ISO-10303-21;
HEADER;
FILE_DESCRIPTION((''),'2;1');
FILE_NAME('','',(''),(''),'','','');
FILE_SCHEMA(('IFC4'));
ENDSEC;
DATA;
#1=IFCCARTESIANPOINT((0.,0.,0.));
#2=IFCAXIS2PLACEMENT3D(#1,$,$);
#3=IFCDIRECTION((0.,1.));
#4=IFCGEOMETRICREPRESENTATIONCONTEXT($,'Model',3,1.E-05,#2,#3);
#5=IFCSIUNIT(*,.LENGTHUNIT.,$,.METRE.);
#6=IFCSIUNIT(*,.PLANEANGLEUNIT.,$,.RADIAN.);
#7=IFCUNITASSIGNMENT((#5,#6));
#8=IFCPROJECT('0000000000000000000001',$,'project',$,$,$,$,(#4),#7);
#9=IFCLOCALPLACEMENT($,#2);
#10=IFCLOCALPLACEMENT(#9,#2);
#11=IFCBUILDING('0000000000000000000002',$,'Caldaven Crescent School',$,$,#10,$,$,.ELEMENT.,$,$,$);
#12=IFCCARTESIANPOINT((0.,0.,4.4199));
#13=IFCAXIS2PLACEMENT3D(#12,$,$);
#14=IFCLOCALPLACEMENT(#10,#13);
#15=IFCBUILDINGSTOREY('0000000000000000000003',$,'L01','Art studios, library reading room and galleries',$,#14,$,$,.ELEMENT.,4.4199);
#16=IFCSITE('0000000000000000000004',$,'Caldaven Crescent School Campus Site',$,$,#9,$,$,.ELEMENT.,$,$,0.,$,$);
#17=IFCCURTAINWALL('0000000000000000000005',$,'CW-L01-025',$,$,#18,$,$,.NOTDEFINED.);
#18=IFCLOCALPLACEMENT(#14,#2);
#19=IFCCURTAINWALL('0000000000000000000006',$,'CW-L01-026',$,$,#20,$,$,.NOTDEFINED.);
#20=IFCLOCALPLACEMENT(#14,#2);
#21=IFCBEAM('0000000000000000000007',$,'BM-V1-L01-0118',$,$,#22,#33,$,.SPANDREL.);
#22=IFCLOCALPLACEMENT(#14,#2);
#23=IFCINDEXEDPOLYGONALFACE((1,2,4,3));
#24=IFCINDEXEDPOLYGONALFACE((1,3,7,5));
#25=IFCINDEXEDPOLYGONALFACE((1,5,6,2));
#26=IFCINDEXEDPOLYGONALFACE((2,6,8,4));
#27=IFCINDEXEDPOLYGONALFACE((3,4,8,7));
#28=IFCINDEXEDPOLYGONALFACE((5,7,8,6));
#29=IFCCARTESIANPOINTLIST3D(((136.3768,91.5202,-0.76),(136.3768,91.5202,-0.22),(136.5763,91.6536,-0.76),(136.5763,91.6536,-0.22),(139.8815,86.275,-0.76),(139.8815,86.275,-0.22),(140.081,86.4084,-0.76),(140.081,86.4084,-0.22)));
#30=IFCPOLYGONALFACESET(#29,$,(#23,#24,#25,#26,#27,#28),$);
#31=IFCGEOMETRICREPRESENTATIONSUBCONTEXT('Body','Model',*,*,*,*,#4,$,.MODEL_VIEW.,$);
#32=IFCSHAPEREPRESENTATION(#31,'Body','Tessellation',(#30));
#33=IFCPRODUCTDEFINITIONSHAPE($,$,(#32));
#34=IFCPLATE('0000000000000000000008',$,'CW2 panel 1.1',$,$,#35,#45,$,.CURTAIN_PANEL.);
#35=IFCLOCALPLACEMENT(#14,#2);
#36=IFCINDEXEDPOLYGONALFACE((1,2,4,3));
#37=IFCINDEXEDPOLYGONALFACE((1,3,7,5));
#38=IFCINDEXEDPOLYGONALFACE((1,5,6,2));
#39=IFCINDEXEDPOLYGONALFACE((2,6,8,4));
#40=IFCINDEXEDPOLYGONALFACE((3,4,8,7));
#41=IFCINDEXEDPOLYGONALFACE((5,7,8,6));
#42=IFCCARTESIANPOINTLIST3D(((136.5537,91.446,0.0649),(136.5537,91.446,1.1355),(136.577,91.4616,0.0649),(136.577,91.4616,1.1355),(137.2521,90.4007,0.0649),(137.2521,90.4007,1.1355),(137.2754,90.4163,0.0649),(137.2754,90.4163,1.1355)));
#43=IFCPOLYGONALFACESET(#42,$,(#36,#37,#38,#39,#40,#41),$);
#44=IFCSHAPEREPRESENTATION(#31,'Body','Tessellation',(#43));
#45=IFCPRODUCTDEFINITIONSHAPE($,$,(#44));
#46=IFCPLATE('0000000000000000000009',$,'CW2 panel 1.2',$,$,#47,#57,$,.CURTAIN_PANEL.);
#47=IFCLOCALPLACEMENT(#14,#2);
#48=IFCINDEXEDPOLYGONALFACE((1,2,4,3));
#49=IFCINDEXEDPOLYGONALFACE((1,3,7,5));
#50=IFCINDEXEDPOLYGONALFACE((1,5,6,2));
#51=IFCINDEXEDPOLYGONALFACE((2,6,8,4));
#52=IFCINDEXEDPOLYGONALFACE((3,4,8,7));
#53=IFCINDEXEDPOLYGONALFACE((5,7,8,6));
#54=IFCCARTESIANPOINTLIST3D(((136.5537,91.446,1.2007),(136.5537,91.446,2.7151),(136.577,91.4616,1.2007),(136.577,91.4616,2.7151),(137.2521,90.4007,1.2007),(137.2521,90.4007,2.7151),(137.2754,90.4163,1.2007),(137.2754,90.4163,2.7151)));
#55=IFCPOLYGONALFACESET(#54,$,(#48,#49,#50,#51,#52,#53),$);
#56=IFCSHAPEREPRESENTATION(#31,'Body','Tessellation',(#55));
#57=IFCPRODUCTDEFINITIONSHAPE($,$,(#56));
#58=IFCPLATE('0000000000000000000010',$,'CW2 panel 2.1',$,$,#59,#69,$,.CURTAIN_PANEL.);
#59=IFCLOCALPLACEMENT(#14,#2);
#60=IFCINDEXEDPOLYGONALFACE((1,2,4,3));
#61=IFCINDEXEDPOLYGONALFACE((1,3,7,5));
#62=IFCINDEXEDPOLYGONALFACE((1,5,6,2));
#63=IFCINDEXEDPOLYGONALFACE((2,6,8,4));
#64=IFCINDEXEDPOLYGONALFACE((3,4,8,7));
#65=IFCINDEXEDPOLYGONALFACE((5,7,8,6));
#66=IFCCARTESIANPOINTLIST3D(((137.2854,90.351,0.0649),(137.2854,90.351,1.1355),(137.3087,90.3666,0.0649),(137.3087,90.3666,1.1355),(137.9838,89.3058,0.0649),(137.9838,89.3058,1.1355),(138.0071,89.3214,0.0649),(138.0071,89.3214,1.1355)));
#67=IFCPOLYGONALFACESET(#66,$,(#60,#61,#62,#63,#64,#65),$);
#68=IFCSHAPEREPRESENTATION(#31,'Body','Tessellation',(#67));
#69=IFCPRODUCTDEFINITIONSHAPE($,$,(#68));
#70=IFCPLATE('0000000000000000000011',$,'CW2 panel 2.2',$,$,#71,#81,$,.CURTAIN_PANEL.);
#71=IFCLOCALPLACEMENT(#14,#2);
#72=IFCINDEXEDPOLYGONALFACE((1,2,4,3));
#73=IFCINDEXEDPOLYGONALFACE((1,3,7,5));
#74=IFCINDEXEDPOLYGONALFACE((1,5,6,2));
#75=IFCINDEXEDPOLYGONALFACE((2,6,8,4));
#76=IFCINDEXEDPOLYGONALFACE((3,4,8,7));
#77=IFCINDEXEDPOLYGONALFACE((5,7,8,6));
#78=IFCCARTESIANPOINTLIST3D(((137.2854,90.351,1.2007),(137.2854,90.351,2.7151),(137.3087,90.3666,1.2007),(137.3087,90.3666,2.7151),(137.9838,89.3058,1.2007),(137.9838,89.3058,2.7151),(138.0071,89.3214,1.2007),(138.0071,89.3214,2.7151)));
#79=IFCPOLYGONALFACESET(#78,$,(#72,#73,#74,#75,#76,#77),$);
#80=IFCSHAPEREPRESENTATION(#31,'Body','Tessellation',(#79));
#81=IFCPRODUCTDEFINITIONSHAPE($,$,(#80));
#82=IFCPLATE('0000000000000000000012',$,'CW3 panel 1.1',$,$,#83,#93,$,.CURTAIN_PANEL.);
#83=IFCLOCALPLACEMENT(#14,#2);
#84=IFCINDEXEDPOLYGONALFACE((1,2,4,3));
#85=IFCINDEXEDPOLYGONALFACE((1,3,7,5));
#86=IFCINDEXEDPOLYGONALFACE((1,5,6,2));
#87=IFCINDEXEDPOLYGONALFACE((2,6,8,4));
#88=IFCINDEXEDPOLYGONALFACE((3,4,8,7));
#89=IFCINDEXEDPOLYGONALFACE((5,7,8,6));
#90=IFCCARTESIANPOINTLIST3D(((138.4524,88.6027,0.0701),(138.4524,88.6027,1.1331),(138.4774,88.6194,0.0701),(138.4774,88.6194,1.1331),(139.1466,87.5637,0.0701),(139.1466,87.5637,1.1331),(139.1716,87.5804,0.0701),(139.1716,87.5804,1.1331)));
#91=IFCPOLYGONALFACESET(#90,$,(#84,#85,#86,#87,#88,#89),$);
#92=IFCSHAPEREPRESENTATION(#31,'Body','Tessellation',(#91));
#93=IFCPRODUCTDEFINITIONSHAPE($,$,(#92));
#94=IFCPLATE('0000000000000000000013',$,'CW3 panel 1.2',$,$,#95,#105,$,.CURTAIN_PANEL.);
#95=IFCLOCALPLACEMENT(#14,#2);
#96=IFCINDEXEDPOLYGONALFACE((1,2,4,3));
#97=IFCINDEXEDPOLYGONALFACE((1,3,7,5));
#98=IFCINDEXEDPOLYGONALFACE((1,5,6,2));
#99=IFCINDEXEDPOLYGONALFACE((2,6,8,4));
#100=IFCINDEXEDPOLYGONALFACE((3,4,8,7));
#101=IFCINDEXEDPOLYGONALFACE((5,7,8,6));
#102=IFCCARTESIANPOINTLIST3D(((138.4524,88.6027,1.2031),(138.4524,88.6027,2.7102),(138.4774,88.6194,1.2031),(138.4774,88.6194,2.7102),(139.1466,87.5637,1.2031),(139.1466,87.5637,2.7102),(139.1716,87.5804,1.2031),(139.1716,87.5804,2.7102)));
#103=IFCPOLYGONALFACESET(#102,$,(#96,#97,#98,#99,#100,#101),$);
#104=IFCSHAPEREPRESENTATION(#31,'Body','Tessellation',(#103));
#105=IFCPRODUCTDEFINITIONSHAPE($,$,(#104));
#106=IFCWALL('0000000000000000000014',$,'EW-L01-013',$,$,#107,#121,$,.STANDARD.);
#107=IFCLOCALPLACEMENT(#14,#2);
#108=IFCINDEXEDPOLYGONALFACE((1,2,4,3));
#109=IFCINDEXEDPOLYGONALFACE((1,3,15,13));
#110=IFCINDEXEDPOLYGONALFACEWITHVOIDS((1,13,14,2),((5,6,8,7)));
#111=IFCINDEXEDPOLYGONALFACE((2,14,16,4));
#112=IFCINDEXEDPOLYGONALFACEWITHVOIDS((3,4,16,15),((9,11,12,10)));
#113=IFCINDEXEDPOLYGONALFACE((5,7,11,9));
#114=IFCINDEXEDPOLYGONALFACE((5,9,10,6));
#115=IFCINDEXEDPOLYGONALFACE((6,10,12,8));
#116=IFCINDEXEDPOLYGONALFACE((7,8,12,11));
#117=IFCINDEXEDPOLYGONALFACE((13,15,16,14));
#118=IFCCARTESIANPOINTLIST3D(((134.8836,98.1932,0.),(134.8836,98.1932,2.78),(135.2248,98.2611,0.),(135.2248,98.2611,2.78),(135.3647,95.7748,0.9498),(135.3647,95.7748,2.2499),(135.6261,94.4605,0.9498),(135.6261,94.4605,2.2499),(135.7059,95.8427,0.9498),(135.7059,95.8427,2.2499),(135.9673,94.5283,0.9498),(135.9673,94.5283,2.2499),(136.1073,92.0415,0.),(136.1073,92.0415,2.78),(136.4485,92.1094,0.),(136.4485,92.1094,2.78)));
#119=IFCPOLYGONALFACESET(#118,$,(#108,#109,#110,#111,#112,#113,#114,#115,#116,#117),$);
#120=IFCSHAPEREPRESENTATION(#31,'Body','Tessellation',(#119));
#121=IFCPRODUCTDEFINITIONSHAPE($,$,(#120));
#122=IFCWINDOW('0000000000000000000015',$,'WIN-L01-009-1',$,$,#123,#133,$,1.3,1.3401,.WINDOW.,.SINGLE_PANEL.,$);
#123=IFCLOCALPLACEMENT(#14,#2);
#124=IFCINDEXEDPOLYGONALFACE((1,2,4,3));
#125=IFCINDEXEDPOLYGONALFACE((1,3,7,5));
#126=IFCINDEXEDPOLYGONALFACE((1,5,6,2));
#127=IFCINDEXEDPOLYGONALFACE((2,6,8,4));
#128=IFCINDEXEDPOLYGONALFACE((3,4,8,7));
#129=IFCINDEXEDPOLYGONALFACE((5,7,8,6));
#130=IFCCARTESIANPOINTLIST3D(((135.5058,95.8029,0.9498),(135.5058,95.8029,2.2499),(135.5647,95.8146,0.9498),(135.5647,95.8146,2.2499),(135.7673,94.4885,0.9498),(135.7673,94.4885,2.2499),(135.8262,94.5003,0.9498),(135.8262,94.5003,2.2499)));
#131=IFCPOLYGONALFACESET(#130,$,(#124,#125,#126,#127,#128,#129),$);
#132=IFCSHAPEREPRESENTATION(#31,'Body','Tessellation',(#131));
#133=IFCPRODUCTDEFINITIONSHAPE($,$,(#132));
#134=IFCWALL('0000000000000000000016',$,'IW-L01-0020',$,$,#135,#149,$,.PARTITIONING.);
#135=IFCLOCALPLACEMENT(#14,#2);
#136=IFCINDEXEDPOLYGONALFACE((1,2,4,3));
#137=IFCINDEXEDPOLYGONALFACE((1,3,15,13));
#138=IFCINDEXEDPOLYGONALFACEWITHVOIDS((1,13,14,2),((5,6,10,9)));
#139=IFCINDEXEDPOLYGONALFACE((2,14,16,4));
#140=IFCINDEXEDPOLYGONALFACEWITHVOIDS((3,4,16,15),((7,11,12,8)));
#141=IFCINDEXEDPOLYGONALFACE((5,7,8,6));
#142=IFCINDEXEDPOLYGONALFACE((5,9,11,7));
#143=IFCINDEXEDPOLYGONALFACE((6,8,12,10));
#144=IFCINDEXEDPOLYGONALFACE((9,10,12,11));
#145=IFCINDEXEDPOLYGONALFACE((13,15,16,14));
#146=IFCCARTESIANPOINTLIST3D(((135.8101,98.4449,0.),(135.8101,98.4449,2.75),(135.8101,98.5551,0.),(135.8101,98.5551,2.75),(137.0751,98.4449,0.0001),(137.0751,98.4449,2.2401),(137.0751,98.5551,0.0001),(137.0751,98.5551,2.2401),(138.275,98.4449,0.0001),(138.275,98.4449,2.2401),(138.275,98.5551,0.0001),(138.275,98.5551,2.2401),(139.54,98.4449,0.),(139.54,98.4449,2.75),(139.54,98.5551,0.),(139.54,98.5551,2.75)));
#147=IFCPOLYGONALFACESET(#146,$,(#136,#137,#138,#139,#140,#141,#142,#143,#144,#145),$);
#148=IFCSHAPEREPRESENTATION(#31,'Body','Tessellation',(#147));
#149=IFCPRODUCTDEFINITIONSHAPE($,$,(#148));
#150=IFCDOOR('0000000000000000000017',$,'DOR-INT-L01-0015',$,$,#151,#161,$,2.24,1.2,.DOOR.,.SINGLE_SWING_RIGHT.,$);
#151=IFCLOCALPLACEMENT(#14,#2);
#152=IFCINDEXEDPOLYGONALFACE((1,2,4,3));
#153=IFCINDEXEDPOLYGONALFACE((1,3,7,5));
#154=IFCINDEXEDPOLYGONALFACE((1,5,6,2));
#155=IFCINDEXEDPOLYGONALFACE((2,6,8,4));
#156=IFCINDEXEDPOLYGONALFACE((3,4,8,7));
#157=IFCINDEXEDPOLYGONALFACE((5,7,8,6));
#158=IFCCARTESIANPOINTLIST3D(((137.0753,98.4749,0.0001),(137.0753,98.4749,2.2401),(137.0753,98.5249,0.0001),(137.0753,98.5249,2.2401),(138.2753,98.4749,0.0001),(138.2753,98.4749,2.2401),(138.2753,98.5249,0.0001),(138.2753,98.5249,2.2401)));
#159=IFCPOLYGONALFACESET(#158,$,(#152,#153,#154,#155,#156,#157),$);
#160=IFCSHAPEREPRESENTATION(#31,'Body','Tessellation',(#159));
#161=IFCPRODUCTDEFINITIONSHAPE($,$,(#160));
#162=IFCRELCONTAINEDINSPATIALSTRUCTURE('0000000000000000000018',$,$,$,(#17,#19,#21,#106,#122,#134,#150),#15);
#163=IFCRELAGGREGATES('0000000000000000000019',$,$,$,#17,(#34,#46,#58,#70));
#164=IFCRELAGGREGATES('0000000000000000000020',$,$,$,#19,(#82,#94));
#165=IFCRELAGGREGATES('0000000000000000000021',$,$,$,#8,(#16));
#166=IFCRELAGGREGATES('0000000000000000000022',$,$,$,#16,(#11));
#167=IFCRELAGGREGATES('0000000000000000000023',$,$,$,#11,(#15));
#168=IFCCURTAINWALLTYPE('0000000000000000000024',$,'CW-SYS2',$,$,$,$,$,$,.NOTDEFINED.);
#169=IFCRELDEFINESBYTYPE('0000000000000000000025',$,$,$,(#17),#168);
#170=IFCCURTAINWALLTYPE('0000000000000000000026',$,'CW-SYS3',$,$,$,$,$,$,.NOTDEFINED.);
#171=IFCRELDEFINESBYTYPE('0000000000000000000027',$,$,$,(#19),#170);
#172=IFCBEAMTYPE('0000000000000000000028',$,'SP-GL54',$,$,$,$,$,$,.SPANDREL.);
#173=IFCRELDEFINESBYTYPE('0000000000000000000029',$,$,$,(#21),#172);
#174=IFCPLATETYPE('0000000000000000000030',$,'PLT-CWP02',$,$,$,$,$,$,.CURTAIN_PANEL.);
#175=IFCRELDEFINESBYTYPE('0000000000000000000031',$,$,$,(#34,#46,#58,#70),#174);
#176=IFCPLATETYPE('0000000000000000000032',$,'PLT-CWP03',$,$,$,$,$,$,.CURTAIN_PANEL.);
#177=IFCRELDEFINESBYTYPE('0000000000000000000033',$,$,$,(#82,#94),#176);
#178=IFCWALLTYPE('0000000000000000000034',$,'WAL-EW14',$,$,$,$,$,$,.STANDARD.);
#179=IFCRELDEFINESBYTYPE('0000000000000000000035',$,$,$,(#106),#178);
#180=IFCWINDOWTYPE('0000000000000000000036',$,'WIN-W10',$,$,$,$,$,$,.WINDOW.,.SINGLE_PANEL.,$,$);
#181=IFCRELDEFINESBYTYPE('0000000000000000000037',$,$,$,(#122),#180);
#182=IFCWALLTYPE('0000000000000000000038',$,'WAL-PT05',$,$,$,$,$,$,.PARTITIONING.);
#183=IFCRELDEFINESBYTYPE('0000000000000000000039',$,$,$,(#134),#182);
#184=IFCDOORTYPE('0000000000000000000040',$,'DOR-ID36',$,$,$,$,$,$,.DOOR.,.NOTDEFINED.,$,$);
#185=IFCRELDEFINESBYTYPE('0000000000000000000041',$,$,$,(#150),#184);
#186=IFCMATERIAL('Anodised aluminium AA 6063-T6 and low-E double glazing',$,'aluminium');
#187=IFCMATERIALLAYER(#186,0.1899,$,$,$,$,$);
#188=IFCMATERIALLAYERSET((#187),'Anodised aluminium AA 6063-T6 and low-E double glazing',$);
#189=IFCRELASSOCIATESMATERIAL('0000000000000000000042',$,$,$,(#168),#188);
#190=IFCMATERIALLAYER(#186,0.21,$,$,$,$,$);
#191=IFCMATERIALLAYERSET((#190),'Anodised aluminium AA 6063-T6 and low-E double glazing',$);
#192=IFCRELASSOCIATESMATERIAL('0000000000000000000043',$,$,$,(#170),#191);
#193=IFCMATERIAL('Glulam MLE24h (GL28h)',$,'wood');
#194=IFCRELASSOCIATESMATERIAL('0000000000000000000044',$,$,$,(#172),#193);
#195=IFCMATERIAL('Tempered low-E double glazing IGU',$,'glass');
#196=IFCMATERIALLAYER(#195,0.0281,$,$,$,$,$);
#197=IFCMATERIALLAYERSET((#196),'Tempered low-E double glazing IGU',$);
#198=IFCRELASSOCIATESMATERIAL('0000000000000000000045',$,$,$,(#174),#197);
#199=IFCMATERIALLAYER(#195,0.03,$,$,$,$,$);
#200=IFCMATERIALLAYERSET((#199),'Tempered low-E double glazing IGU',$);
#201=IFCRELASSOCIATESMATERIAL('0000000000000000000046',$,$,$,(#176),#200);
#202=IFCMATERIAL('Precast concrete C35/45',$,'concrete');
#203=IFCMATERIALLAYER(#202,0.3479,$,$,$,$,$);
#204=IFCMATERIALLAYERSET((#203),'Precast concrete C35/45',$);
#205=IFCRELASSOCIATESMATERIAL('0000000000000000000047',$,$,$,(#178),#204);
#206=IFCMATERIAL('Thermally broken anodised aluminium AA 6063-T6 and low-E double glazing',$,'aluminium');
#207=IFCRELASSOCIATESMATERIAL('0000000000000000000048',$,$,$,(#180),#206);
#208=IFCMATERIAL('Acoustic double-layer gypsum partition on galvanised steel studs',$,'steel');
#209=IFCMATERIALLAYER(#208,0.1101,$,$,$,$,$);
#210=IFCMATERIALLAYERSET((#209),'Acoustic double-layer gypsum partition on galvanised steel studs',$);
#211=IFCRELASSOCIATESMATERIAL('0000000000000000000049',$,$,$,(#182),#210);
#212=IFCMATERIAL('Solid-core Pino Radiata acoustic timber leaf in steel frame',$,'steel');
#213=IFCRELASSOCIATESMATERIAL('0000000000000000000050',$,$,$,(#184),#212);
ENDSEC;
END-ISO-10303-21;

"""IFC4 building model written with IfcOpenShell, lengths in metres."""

from ifc_helpers import new_model, si_unit, direction, frame, frame_2d, origin, origin_2d, place, context, subcontext, project, spatial, rectangle, extrude, material, layer, layer_set, material_profile, profile_set, type_object, element, fill, aggregate, save


model = new_model("IFC4")

# Units and contexts
model_context = context("Model", 3, precision=1e-05, world=origin(), true_north=direction((0.0, 1.0)))
body_context = subcontext(model_context, "Body", "Model", "MODEL_VIEW")
ifc_project = project(units=[si_unit("LENGTHUNIT", "METRE"), si_unit("PLANEANGLEUNIT", "RADIAN")], contexts=[model_context])

# Site, building, storey
site_placement = place(None, origin())
site = spatial("IfcSite", under=ifc_project, at=site_placement, Name="Caldaven Crescent School Campus Site", CompositionType="ELEMENT", RefElevation=0.0)
building_placement = place(site_placement, origin())
building = spatial("IfcBuilding", under=site, at=building_placement, Name="Caldaven Crescent School", CompositionType="ELEMENT")
storey_placement = place(building_placement, frame((0.0, 0.0, 4.4199)))
storey = spatial("IfcBuildingStorey", under=building, at=storey_placement, Name="L01", Description="Art studios, library reading room and galleries", CompositionType="ELEMENT", Elevation=4.4199)

# Shared definitions
ifc_material_1 = material(Name="Glulam MLE24h (GL28h)", Category="wood")

# Curtain walls
ifc_material_2 = material(Name="Anodised aluminium AA 6063-T6 and low-E double glazing", Category="aluminium")
ifc_layer_1 = layer(ifc_material_2, 0.1899)
ifc_layer_set_1 = layer_set([ifc_layer_1], Name="Anodised aluminium AA 6063-T6 and low-E double glazing")
curtain_wall_type_1 = type_object("IfcCurtainWallType", Name="CW-SYS2", PredefinedType="NOTDEFINED", material=ifc_layer_set_1)
curtain_wall_1_placement = place(storey_placement, origin())
curtain_wall_1 = element("IfcCurtainWall", 1, at=curtain_wall_1_placement, inside=storey, type_object=curtain_wall_type_1, Name="CW-L01-025", PredefinedType="NOTDEFINED")
ifc_layer_2 = layer(ifc_material_2, 0.21)
ifc_layer_set_2 = layer_set([ifc_layer_2], Name="Anodised aluminium AA 6063-T6 and low-E double glazing")
curtain_wall_type_2 = type_object("IfcCurtainWallType", Name="CW-SYS3", PredefinedType="NOTDEFINED", material=ifc_layer_set_2)
curtain_wall_2_placement = place(storey_placement, origin())
curtain_wall_2 = element("IfcCurtainWall", 2, at=curtain_wall_2_placement, inside=storey, type_object=curtain_wall_type_2, Name="CW-L01-026", PredefinedType="NOTDEFINED")

# Beam
ifc_material_profile_1 = material_profile(ifc_material_1, rectangle(XDim=0.24, YDim=0.54, at=origin_2d()), Name="MLE 240x540")
ifc_profile_set_1 = profile_set([ifc_material_profile_1], Name="Glulam MLE24h (GL28h)")
beam_type_1 = type_object("IfcBeamType", Name="SP-GL54", PredefinedType="SPANDREL", material=ifc_profile_set_1)
for number, where, z_axis, x_axis, name in (
    (3, (136.4766, 91.5869, -0.49), (0.555566, -0.831472, 0.0), (0.831472, 0.555566, 0.0), "BM-V1-L01-0118"),
):
    element("IfcBeam", number, at=place(storey_placement, frame(where, z_axis=z_axis, x_axis=x_axis)), inside=storey, type_object=beam_type_1, Name=name, PredefinedType="SPANDREL", context=body_context, shape_type="SweptSolid", body=[
        extrude(rectangle(XDim=0.24, YDim=0.54, at=origin_2d()), origin(), (0.0, 0.0, 1.0), 6.3083),
    ])

# Plates
ifc_material_3 = material(Name="Tempered low-E double glazing IGU", Category="glass")
ifc_layer_3 = layer(ifc_material_3, 0.0281)
ifc_layer_set_3 = layer_set([ifc_layer_3], Name="Tempered low-E double glazing IGU")
plate_type_1 = type_object("IfcPlateType", Name="PLT-CWP02", PredefinedType="CURTAIN_PANEL", material=ifc_layer_set_3)
plate_1_placement = place(storey_placement, frame((136.9146, 90.9312, 0.0649), z_axis=(0.0, 0.0, 1.0), x_axis=(0.555569, -0.83147, 0.0)))
plate_1 = element("IfcPlate", 4, at=plate_1_placement, type_object=plate_type_1, Name="CW2 panel 1.1", PredefinedType="CURTAIN_PANEL", context=body_context, shape_type="SweptSolid", body=[
    extrude(rectangle(XDim=1.2571, YDim=0.0281, at=origin_2d()), origin(), (0.0, 0.0, 1.0), 1.0706),
])
plate_2_placement = place(storey_placement, frame((136.9146, 90.9312, 1.2007), z_axis=(0.0, 0.0, 1.0), x_axis=(0.555569, -0.83147, 0.0)))
plate_2 = element("IfcPlate", 5, at=plate_2_placement, type_object=plate_type_1, Name="CW2 panel 1.2", PredefinedType="CURTAIN_PANEL", context=body_context, shape_type="SweptSolid", body=[
    extrude(rectangle(XDim=1.2571, YDim=0.0281, at=origin_2d()), origin(), (0.0, 0.0, 1.0), 1.5144),
])
plate_3_placement = place(storey_placement, frame((137.6462, 89.8362, 0.0649), z_axis=(0.0, 0.0, 1.0), x_axis=(0.555569, -0.83147, 0.0)))
plate_3 = element("IfcPlate", 6, at=plate_3_placement, type_object=plate_type_1, Name="CW2 panel 2.1", PredefinedType="CURTAIN_PANEL", context=body_context, shape_type="SweptSolid", body=[
    extrude(rectangle(XDim=1.2571, YDim=0.0281, at=origin_2d()), origin(), (0.0, 0.0, 1.0), 1.0706),
])
plate_4_placement = place(storey_placement, frame((137.6462, 89.8362, 1.2007), z_axis=(0.0, 0.0, 1.0), x_axis=(0.555569, -0.83147, 0.0)))
plate_4 = element("IfcPlate", 7, at=plate_4_placement, type_object=plate_type_1, Name="CW2 panel 2.2", PredefinedType="CURTAIN_PANEL", context=body_context, shape_type="SweptSolid", body=[
    extrude(rectangle(XDim=1.2571, YDim=0.0281, at=origin_2d()), origin(), (0.0, 0.0, 1.0), 1.5144),
])
aggregate(curtain_wall_1, [plate_1, plate_2, plate_3, plate_4])
ifc_layer_4 = layer(ifc_material_3, 0.03)
ifc_layer_set_4 = layer_set([ifc_layer_4], Name="Tempered low-E double glazing IGU")
plate_type_2 = type_object("IfcPlateType", Name="PLT-CWP03", PredefinedType="CURTAIN_PANEL", material=ifc_layer_set_4)
plate_5_placement = place(storey_placement, frame((138.812, 88.0916, 0.0701), z_axis=(0.0, 0.0, 1.0), x_axis=(0.555572, -0.831469, 0.0)))
plate_5 = element("IfcPlate", 8, at=plate_5_placement, type_object=plate_type_2, Name="CW3 panel 1.1", PredefinedType="CURTAIN_PANEL", context=body_context, shape_type="SweptSolid", body=[
    extrude(rectangle(XDim=1.2495, YDim=0.03, at=origin_2d()), origin(), (0.0, 0.0, 1.0), 1.063),
])
plate_6_placement = place(storey_placement, frame((138.812, 88.0916, 1.2031), z_axis=(0.0, 0.0, 1.0), x_axis=(0.555572, -0.831469, 0.0)))
plate_6 = element("IfcPlate", 9, at=plate_6_placement, type_object=plate_type_2, Name="CW3 panel 1.2", PredefinedType="CURTAIN_PANEL", context=body_context, shape_type="SweptSolid", body=[
    extrude(rectangle(XDim=1.2495, YDim=0.03, at=origin_2d()), origin(), (0.0, 0.0, 1.0), 1.5071),
])
aggregate(curtain_wall_2, [plate_5, plate_6])

# Wall, opening, window
ifc_material_4 = material(Name="Precast concrete C35/45", Category="concrete")
ifc_layer_5 = layer(ifc_material_4, 0.3479)
ifc_layer_set_5 = layer_set([ifc_layer_5], Name="Precast concrete C35/45")
wall_type_1 = type_object("IfcWallType", Name="WAL-EW14", PredefinedType="STANDARD", material=ifc_layer_set_5)
wall_1_placement = place(storey_placement, frame((135.0542, 98.2273, 0.0), z_axis=(0.0, 0.0, 1.0), x_axis=(0.195091, -0.980785, 0.0)))
wall_1 = element("IfcWall", 10, at=wall_1_placement, inside=storey, type_object=wall_type_1, Name="EW-L01-013", PredefinedType="STANDARD", context=body_context, shape_type="SweptSolid", body=[
    extrude(rectangle(XDim=6.2722, YDim=0.3479, at=frame_2d((3.1362, 0.0))), origin(), (0.0, 0.0, 1.0), 2.78),
])
opening_1_placement = place(wall_1_placement, frame((2.4661, 0.0, 0.95)))
opening_1 = element("IfcOpeningElement", 11, at=opening_1_placement, cuts=wall_1, PredefinedType="OPENING", context=body_context, shape_type="SweptSolid", body=[
    extrude(rectangle(XDim=1.3401, YDim=1.3, at=frame_2d((0.6699, 0.6499))), frame((0.0, 0.1838, 0.0), z_axis=(0.0, -1.0, 0.0), x_axis=(1.0, 0.0, 0.0)), (0.0, 0.0, 1.0), 0.3679),
])
ifc_material_5 = material(Name="Thermally broken anodised aluminium AA 6063-T6 and low-E double glazing", Category="aluminium")
window_type = type_object("IfcWindowType", Name="WIN-W10", PartitioningType="SINGLE_PANEL", PredefinedType="WINDOW", material=ifc_material_5)
window_placement = place(opening_1_placement, origin())
window = element("IfcWindow", 12, at=window_placement, inside=storey, type_object=window_type, Name="WIN-L01-009-1", OverallHeight=1.3, OverallWidth=1.3401, PartitioningType="SINGLE_PANEL", PredefinedType="WINDOW", context=body_context, shape_type="SweptSolid", body=[
    extrude(rectangle(XDim=1.3401, YDim=1.3, at=frame_2d((0.6699, 0.6499))), frame((0.0, 0.03, 0.0), z_axis=(0.0, -1.0, 0.0), x_axis=(1.0, 0.0, 0.0)), (0.0, 0.0, 1.0), 0.0601),
])
fill(opening_1, window)

# Wall, opening, door
ifc_material_6 = material(Name="Acoustic double-layer gypsum partition on galvanised steel studs", Category="steel")
ifc_layer_6 = layer(ifc_material_6, 0.1101)
ifc_layer_set_6 = layer_set([ifc_layer_6], Name="Acoustic double-layer gypsum partition on galvanised steel studs")
wall_type_2 = type_object("IfcWallType", Name="WAL-PT05", PredefinedType="PARTITIONING", material=ifc_layer_set_6)
wall_2_placement = place(storey_placement, frame((139.54, 98.5, 0.0), z_axis=(0.0, 0.0, 1.0), x_axis=(-1.0, 0.0, 0.0)))
wall_2 = element("IfcWall", 13, at=wall_2_placement, inside=storey, type_object=wall_type_2, Name="IW-L01-0020", PredefinedType="PARTITIONING", context=body_context, shape_type="SweptSolid", body=[
    extrude(rectangle(XDim=3.73, YDim=0.1101, at=frame_2d((1.865, 0.0))), origin(), (0.0, 0.0, 1.0), 2.75),
])
opening_2_placement = place(wall_2_placement, frame((1.2649, 0.0, 0.0)))
opening_2 = element("IfcOpeningElement", 14, at=opening_2_placement, cuts=wall_2, PredefinedType="OPENING", context=body_context, shape_type="SweptSolid", body=[
    extrude(rectangle(XDim=1.2, YDim=2.24, at=frame_2d((0.6001, 1.1201))), frame((0.0, 0.0649, 0.0), z_axis=(0.0, -1.0, 0.0), x_axis=(1.0, 0.0, 0.0)), (0.0, 0.0, 1.0), 0.1301),
])
ifc_material_7 = material(Name="Solid-core Pino Radiata acoustic timber leaf in steel frame", Category="steel")
door_type = type_object("IfcDoorType", Name="DOR-ID36", OperationType="NOTDEFINED", PredefinedType="DOOR", material=ifc_material_7)
door_placement = place(opening_2_placement, frame((1.2, 0.0, 0.0), z_axis=(0.0, 0.0, 1.0), x_axis=(-1.0, 0.0, 0.0)))
door = element("IfcDoor", 15, at=door_placement, inside=storey, type_object=door_type, Name="DOR-INT-L01-0015", OperationType="SINGLE_SWING_RIGHT", OverallHeight=2.24, OverallWidth=1.2, PredefinedType="DOOR", context=body_context, shape_type="SweptSolid", body=[
    extrude(rectangle(XDim=1.2, YDim=2.24, at=frame_2d((0.6001, 1.1201))), frame((0.0, 0.0249, 0.0), z_axis=(0.0, -1.0, 0.0), x_axis=(1.0, 0.0, 0.0)), (0.0, 0.0, 1.0), 0.05),
])
fill(opening_2, door)

save(model, "model.ifc")
